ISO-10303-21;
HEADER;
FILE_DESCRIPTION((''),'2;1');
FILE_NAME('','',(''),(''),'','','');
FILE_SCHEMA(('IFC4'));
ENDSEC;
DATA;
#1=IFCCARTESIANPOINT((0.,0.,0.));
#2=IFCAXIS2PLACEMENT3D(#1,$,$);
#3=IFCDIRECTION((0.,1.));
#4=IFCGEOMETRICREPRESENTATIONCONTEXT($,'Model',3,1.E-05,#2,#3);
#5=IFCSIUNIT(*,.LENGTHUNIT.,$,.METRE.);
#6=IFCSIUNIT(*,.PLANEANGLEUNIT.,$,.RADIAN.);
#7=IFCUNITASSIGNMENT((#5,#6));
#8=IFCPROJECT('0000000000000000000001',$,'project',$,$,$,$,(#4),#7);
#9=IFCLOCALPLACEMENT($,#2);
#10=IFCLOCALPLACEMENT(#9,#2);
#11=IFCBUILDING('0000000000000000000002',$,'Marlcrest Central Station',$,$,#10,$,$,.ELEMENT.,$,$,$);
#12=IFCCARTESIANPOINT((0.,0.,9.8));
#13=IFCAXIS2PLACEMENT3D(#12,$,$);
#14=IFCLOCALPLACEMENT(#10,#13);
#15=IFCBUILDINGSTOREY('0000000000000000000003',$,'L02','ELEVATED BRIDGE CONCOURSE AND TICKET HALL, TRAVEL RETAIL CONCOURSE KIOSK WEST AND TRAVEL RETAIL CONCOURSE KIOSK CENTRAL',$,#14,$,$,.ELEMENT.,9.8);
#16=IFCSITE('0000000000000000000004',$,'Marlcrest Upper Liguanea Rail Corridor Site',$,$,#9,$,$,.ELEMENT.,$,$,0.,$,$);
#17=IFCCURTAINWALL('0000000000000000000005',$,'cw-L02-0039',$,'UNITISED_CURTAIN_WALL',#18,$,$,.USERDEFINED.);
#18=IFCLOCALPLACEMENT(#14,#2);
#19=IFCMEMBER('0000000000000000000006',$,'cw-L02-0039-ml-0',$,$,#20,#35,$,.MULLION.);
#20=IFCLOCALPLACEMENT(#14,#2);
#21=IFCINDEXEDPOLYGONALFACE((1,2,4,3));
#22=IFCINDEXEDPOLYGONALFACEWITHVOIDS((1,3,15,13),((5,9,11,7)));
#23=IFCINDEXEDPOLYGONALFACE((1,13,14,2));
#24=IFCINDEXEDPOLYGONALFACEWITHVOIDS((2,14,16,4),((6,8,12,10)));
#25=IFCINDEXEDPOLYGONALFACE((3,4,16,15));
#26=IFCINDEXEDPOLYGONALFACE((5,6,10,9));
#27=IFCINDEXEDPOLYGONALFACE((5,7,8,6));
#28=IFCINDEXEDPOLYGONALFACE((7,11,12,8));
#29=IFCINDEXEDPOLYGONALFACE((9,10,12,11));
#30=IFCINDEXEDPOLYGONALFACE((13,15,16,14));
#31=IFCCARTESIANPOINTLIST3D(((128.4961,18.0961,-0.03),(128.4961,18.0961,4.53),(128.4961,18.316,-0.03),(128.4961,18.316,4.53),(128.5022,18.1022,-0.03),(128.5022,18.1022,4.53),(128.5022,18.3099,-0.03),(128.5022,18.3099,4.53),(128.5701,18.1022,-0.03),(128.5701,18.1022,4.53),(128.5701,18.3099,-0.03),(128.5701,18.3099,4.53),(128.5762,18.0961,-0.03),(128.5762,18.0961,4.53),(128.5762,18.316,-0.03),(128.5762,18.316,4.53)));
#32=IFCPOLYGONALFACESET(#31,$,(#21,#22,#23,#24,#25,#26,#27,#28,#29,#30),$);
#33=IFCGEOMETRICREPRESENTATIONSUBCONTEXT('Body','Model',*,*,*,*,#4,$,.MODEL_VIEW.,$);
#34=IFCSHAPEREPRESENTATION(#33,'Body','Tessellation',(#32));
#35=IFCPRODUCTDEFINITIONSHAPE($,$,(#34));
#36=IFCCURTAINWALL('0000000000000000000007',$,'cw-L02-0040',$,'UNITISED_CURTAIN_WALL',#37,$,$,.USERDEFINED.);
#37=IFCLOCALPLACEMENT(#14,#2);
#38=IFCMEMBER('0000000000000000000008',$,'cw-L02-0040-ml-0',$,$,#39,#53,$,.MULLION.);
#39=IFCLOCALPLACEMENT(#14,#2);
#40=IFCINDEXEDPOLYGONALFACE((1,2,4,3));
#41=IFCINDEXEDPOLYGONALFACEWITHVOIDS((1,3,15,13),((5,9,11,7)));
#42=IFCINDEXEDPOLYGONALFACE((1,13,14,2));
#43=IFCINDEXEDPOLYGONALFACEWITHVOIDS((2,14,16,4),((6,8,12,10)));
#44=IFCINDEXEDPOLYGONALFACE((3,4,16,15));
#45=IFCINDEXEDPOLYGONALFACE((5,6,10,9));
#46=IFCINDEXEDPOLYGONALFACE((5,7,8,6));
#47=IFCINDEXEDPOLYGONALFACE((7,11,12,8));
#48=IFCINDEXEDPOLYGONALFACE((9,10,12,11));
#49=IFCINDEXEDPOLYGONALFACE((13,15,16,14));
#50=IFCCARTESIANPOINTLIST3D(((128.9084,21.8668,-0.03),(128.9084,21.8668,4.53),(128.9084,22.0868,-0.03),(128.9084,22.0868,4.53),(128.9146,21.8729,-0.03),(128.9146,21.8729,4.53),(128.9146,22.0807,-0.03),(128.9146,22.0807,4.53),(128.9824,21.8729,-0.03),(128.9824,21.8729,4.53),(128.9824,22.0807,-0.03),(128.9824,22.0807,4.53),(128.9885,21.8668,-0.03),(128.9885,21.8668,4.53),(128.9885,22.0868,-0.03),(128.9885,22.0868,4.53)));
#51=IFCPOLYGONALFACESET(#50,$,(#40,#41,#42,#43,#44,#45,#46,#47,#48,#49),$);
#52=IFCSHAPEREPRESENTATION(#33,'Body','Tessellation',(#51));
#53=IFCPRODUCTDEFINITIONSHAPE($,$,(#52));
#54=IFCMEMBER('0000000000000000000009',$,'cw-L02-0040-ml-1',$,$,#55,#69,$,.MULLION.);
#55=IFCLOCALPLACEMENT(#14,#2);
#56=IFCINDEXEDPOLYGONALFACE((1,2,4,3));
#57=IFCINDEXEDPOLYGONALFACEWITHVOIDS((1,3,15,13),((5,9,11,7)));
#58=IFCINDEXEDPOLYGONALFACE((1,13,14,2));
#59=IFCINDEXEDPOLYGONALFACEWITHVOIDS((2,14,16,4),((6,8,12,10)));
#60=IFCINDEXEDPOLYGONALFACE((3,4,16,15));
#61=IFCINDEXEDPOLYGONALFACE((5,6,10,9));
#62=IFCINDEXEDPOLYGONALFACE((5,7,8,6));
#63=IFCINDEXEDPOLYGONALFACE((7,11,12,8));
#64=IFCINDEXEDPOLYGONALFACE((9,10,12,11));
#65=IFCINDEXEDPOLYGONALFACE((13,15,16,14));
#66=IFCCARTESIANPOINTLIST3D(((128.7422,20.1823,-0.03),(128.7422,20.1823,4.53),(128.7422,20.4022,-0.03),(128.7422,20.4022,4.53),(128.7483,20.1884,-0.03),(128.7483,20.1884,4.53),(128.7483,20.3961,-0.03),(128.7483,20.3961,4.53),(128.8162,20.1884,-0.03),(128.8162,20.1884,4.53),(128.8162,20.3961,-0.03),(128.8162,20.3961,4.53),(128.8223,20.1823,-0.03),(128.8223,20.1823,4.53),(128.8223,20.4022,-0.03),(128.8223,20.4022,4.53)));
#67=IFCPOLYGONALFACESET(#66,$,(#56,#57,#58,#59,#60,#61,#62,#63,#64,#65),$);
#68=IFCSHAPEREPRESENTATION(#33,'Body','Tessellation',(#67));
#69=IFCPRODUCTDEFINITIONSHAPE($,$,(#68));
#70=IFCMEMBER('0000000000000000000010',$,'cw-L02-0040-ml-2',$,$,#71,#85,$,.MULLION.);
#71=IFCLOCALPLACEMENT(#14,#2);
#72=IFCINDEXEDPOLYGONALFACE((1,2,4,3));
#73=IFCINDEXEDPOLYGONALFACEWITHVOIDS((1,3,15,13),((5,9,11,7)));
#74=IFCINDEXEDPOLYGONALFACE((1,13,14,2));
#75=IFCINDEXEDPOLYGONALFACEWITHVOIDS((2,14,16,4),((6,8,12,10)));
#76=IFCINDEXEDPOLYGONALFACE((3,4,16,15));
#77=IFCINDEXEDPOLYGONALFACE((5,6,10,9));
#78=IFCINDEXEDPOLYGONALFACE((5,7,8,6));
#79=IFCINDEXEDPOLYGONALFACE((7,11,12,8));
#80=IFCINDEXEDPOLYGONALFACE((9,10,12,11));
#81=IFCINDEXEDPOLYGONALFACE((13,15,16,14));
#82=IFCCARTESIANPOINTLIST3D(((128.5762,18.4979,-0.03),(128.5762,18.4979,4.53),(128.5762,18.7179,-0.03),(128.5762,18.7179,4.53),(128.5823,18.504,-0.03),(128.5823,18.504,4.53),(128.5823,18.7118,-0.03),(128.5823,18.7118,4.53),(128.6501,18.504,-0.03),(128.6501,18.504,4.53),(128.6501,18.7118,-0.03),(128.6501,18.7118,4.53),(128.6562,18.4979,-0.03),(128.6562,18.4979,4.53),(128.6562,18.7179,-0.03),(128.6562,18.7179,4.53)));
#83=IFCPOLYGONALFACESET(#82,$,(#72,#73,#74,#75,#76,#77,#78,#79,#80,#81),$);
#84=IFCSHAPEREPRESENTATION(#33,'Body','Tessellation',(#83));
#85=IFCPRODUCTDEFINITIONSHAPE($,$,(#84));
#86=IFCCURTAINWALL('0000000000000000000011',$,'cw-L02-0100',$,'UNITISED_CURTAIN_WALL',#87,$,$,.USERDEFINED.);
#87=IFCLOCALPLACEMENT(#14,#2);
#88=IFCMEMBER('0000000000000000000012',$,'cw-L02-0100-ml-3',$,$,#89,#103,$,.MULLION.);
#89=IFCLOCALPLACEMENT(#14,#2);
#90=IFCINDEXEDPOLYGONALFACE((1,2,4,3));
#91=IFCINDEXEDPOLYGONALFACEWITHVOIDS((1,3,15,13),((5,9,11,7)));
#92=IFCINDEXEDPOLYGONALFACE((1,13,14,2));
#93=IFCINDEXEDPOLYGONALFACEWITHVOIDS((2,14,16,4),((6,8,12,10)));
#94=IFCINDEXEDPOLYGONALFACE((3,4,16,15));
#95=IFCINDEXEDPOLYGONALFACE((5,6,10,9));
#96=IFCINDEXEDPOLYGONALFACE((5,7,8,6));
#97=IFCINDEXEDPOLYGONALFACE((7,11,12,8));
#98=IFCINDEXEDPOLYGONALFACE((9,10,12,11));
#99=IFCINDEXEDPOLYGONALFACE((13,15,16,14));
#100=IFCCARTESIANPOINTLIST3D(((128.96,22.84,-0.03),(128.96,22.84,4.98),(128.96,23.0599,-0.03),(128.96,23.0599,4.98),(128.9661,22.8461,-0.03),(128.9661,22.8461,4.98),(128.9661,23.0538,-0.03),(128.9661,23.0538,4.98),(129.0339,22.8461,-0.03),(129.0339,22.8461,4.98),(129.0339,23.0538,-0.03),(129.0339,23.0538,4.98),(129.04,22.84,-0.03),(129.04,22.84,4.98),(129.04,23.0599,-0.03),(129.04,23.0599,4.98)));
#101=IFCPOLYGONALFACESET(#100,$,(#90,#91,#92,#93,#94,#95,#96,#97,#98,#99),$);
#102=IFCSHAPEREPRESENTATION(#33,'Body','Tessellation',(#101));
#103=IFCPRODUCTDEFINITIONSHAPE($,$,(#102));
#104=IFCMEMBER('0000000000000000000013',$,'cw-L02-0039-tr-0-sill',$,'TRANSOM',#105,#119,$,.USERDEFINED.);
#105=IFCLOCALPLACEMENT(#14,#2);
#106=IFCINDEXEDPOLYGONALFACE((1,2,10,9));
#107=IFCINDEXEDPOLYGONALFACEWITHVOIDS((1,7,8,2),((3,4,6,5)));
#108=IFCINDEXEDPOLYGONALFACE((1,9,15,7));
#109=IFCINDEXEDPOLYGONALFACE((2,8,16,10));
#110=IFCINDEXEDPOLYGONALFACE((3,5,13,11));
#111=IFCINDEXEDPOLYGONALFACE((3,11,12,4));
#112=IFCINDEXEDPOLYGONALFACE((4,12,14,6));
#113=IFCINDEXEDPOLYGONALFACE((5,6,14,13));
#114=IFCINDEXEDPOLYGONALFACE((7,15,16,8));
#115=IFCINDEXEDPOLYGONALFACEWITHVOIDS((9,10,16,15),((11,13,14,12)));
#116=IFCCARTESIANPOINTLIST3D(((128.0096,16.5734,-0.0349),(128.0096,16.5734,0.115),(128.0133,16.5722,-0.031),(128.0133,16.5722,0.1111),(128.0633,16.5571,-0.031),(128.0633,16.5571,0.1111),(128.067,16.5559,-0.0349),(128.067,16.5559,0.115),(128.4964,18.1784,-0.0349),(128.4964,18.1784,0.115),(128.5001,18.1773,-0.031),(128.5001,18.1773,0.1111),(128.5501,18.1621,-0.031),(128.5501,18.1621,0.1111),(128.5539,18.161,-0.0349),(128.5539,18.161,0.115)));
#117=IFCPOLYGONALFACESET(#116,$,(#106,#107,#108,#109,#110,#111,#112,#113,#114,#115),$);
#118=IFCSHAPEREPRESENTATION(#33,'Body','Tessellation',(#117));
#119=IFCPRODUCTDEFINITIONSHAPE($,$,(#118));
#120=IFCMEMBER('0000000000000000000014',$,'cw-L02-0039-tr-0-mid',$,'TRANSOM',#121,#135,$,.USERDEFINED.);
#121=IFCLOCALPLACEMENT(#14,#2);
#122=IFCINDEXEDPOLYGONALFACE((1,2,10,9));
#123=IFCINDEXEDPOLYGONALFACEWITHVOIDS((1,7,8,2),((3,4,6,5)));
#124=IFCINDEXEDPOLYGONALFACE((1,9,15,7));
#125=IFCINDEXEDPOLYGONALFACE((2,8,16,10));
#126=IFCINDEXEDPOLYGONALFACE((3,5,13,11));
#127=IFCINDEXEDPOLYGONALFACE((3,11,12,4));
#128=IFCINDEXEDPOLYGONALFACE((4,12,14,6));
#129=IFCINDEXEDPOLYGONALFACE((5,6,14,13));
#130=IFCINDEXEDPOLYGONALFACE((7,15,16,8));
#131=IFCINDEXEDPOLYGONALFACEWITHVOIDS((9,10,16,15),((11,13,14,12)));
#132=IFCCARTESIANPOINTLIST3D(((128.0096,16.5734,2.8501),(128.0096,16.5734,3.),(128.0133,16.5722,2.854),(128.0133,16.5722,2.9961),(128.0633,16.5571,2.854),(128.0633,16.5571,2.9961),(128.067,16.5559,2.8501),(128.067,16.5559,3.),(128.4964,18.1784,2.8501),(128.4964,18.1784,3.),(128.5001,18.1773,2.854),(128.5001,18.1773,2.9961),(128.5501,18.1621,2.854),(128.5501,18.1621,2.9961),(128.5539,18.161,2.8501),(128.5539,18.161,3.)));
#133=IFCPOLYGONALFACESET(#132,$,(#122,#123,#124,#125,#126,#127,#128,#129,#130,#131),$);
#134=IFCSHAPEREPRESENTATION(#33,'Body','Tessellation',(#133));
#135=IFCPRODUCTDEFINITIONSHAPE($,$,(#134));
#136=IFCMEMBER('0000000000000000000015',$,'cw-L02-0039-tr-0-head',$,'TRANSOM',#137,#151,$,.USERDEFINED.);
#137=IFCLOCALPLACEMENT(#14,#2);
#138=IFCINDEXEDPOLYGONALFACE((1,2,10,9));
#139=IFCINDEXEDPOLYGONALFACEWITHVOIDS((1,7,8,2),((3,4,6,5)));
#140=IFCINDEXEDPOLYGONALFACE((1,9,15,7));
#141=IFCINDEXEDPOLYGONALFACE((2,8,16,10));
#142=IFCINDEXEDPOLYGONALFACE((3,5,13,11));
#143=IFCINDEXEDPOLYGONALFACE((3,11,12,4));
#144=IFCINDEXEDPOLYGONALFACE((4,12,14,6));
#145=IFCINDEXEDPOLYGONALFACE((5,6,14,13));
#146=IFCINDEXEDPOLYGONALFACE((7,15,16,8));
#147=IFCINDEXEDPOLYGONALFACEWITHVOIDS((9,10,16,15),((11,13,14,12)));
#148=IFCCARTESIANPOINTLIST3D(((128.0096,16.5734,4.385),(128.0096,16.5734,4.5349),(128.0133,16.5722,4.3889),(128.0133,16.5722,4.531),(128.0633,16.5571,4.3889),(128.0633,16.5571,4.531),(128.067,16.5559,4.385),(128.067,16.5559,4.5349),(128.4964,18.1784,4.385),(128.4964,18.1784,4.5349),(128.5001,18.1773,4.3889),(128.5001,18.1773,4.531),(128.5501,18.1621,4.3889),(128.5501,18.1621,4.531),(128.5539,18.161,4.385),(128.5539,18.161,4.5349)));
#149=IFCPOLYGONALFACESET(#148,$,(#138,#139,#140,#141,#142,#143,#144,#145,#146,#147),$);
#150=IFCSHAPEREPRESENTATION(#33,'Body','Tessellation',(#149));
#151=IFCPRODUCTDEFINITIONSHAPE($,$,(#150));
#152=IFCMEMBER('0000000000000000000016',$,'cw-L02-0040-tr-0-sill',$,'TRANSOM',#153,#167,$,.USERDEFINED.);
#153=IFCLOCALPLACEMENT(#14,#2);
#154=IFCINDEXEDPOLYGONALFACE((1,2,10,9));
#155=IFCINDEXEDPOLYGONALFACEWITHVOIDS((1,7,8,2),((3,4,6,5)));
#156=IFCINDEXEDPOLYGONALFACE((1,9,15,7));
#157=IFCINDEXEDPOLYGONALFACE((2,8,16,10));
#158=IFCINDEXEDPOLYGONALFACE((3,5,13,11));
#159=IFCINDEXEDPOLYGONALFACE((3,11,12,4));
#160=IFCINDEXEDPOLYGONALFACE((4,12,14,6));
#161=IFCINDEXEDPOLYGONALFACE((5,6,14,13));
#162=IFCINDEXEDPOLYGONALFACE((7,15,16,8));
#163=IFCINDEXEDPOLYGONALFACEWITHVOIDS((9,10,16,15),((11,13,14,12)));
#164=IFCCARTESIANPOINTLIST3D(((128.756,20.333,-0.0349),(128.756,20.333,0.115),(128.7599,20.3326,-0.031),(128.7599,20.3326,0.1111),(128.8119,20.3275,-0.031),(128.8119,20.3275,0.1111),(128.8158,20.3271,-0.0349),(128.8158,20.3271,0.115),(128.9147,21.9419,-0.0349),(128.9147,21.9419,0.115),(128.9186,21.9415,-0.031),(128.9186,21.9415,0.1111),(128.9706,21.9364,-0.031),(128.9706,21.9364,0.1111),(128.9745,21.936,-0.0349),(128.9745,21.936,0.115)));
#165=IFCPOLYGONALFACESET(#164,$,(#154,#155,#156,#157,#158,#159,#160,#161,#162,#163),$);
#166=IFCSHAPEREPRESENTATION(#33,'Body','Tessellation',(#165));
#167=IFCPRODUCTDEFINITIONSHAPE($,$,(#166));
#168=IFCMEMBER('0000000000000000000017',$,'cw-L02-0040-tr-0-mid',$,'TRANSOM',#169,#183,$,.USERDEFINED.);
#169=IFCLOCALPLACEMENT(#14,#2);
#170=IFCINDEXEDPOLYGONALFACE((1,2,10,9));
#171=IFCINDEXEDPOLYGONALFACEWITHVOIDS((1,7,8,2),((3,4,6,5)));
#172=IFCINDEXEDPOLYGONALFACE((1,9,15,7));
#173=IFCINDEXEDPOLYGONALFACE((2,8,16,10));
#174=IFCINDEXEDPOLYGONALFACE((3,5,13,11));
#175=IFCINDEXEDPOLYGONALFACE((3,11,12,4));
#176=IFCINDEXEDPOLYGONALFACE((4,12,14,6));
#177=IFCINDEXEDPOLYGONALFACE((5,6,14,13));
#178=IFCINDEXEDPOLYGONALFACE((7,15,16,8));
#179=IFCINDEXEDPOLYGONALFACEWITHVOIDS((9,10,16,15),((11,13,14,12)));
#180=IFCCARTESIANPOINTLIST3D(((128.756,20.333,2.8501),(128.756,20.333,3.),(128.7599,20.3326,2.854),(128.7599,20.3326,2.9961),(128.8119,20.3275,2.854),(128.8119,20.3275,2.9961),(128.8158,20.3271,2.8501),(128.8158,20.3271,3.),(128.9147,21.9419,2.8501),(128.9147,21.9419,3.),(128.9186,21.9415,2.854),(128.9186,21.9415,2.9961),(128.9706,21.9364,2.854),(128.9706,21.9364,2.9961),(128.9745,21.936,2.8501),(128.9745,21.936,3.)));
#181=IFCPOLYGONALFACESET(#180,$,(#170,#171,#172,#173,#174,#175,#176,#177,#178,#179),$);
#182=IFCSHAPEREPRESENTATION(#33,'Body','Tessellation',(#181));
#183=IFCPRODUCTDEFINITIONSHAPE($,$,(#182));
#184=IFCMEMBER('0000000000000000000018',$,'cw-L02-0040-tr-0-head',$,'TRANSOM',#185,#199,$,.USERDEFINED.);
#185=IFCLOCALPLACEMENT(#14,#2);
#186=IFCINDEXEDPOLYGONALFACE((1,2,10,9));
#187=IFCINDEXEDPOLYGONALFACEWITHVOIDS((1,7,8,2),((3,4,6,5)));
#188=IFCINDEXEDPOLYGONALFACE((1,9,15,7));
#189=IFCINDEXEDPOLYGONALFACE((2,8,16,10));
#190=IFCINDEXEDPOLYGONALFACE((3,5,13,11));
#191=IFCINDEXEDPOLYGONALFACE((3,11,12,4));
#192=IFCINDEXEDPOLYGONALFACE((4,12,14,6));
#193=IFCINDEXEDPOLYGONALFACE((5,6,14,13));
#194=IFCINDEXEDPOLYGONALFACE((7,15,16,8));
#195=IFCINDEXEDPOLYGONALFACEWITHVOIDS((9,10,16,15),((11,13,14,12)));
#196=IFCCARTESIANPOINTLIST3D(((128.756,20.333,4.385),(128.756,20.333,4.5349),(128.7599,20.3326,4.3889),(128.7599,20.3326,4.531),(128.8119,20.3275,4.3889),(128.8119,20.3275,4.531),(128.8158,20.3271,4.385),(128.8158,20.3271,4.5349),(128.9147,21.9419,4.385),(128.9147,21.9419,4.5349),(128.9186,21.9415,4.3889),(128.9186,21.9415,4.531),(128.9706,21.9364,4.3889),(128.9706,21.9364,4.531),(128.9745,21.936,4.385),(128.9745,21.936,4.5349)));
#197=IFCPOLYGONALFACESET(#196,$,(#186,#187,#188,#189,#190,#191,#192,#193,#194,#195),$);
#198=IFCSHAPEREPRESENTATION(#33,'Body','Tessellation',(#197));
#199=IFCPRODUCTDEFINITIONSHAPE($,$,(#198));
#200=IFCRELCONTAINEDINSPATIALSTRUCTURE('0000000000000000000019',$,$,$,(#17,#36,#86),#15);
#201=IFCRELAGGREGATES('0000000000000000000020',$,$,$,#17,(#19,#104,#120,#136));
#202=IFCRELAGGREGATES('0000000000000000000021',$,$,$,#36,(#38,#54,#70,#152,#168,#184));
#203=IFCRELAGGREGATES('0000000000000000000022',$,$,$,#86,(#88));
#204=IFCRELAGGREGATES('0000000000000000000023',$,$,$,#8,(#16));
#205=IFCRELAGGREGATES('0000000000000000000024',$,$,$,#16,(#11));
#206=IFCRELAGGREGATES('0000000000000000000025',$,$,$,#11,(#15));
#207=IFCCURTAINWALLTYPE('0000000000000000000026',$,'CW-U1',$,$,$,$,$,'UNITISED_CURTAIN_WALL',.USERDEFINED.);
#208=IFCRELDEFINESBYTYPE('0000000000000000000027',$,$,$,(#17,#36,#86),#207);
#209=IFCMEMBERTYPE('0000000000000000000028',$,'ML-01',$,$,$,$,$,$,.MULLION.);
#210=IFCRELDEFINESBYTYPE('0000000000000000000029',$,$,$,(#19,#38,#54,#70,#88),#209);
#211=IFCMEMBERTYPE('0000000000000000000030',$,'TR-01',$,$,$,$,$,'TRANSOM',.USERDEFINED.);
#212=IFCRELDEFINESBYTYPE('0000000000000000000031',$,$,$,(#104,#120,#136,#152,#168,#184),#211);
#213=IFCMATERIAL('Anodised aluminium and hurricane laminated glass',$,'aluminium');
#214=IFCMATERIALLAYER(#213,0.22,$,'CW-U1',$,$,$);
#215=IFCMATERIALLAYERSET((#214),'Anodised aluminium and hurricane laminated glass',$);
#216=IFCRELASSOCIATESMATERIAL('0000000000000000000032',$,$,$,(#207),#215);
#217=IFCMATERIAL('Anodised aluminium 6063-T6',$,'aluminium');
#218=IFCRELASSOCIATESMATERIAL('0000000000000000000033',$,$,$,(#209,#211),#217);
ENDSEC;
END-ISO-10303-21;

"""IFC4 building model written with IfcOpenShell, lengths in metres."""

from ifc_helpers import new_model, si_unit, direction, frame, origin, origin_2d, place, context, subcontext, project, spatial, hollow_rectangle, extrude, material, layer, layer_set, material_profile, profile_set, type_object, element, aggregate, save


model = new_model("IFC4")

# Units and contexts
model_context = context("Model", 3, precision=1e-05, world=origin(), true_north=direction((0.0, 1.0)))
body_context = subcontext(model_context, "Body", "Model", "MODEL_VIEW")
ifc_project = project(units=[si_unit("LENGTHUNIT", "METRE"), si_unit("PLANEANGLEUNIT", "RADIAN")], contexts=[model_context])

# Site, building, storey
site_placement = place(None, origin())
site = spatial("IfcSite", under=ifc_project, at=site_placement, Name="Marlcrest Upper Liguanea Rail Corridor Site", CompositionType="ELEMENT", RefElevation=0.0)
building_placement = place(site_placement, origin())
building = spatial("IfcBuilding", under=site, at=building_placement, Name="Marlcrest Central Station", CompositionType="ELEMENT")
storey_placement = place(building_placement, frame((0.0, 0.0, 9.8)))
storey = spatial("IfcBuildingStorey", under=building, at=storey_placement, Name="L02", Description="ELEVATED BRIDGE CONCOURSE AND TICKET HALL, TRAVEL RETAIL CONCOURSE KIOSK WEST AND TRAVEL RETAIL CONCOURSE KIOSK CENTRAL", CompositionType="ELEMENT", Elevation=9.8)

# Curtain wall, member
ifc_material_1 = material(Name="Anodised aluminium and hurricane laminated glass", Category="aluminium")
ifc_layer_1 = layer(ifc_material_1, 0.22, Name="CW-U1")
ifc_layer_set_1 = layer_set([ifc_layer_1], Name="Anodised aluminium and hurricane laminated glass")
curtain_wall_type = type_object("IfcCurtainWallType", Name="CW-U1", ElementType="UNITISED_CURTAIN_WALL", PredefinedType="USERDEFINED", material=ifc_layer_set_1)
curtain_wall_1_placement = place(storey_placement, origin())
curtain_wall_1 = element("IfcCurtainWall", 1, at=curtain_wall_1_placement, inside=storey, type_object=curtain_wall_type, Name="cw-L02-0039", ObjectType="UNITISED_CURTAIN_WALL", PredefinedType="USERDEFINED")
ifc_material_2 = material(Name="Anodised aluminium 6063-T6", Category="aluminium")
ifc_material_profile_1 = material_profile(ifc_material_2, hollow_rectangle(XDim=0.0801, YDim=0.22, WallThickness=0.0061, at=origin_2d()), Name="AA-RHS 220x80x6")
ifc_profile_set_1 = profile_set([ifc_material_profile_1], Name="Anodised aluminium 6063-T6")
member_type_1 = type_object("IfcMemberType", Name="ML-01", PredefinedType="MULLION", material=ifc_profile_set_1)
member_1_placement = place(storey_placement, frame((128.5361, 18.2061, -0.03), z_axis=(0.0, 0.0, 1.0), x_axis=(1.0, 0.0, 0.0)))
member_1 = element("IfcMember", 2, at=member_1_placement, type_object=member_type_1, Name="cw-L02-0039-ml-0", PredefinedType="MULLION", context=body_context, shape_type="SweptSolid", body=[
    extrude(hollow_rectangle(XDim=0.0801, YDim=0.22, WallThickness=0.0061, at=origin_2d()), origin(), (0.0, 0.0, 1.0), 4.5601),
])

# Curtain wall, members
curtain_wall_2_placement = place(storey_placement, origin())
curtain_wall_2 = element("IfcCurtainWall", 3, at=curtain_wall_2_placement, inside=storey, type_object=curtain_wall_type, Name="cw-L02-0040", ObjectType="UNITISED_CURTAIN_WALL", PredefinedType="USERDEFINED")
member_2_placement = place(storey_placement, frame((128.9485, 21.9768, -0.03), z_axis=(0.0, 0.0, 1.0), x_axis=(1.0, 0.0, 0.0)))
member_2 = element("IfcMember", 4, at=member_2_placement, type_object=member_type_1, Name="cw-L02-0040-ml-0", PredefinedType="MULLION", context=body_context, shape_type="SweptSolid", body=[
    extrude(hollow_rectangle(XDim=0.0801, YDim=0.22, WallThickness=0.0061, at=origin_2d()), origin(), (0.0, 0.0, 1.0), 4.5601),
])
member_3_placement = place(storey_placement, frame((128.7822, 20.2922, -0.03), z_axis=(0.0, 0.0, 1.0), x_axis=(1.0, 0.0, 0.0)))
member_3 = element("IfcMember", 5, at=member_3_placement, type_object=member_type_1, Name="cw-L02-0040-ml-1", PredefinedType="MULLION", context=body_context, shape_type="SweptSolid", body=[
    extrude(hollow_rectangle(XDim=0.0801, YDim=0.22, WallThickness=0.0061, at=origin_2d()), origin(), (0.0, 0.0, 1.0), 4.5601),
])
member_4_placement = place(storey_placement, frame((128.6162, 18.6079, -0.03), z_axis=(0.0, 0.0, 1.0), x_axis=(1.0, 0.0, 0.0)))
member_4 = element("IfcMember", 6, at=member_4_placement, type_object=member_type_1, Name="cw-L02-0040-ml-2", PredefinedType="MULLION", context=body_context, shape_type="SweptSolid", body=[
    extrude(hollow_rectangle(XDim=0.0801, YDim=0.22, WallThickness=0.0061, at=origin_2d()), origin(), (0.0, 0.0, 1.0), 4.5601),
])

# Curtain wall, member
curtain_wall_3_placement = place(storey_placement, origin())
curtain_wall_3 = element("IfcCurtainWall", 7, at=curtain_wall_3_placement, inside=storey, type_object=curtain_wall_type, Name="cw-L02-0100", ObjectType="UNITISED_CURTAIN_WALL", PredefinedType="USERDEFINED")
member_5_placement = place(storey_placement, frame((129.0, 22.95, -0.03), z_axis=(0.0, 0.0, 1.0), x_axis=(1.0, 0.0, 0.0)))
member_5 = element("IfcMember", 8, at=member_5_placement, type_object=member_type_1, Name="cw-L02-0100-ml-3", PredefinedType="MULLION", context=body_context, shape_type="SweptSolid", body=[
    extrude(hollow_rectangle(XDim=0.0801, YDim=0.22, WallThickness=0.0061, at=origin_2d()), origin(), (0.0, 0.0, 1.0), 5.01),
])

# Members
ifc_material_profile_2 = material_profile(ifc_material_2, hollow_rectangle(XDim=0.0601, YDim=0.1499, WallThickness=0.0039, at=origin_2d()), Name="AA-RHS 150x60x4")
ifc_profile_set_2 = profile_set([ifc_material_profile_2], Name="Anodised aluminium 6063-T6")
member_type_2 = type_object("IfcMemberType", Name="TR-01", ElementType="TRANSOM", PredefinedType="USERDEFINED", material=ifc_profile_set_2)
member_6_placement = place(storey_placement, frame((128.5251, 18.1697, 0.04), z_axis=(-0.290258, -0.956948, 0.0), x_axis=(0.956948, -0.290258, 0.0)))
member_6 = element("IfcMember", 9, at=member_6_placement, type_object=member_type_2, Name="cw-L02-0039-tr-0-sill", ObjectType="TRANSOM", PredefinedType="USERDEFINED", context=body_context, shape_type="SweptSolid", body=[
    extrude(hollow_rectangle(XDim=0.0601, YDim=0.1499, WallThickness=0.0039, at=origin_2d()), origin(), (0.0, 0.0, 1.0), 1.6772),
])
member_7_placement = place(storey_placement, frame((128.5251, 18.1697, 2.925), z_axis=(-0.290258, -0.956948, 0.0), x_axis=(0.956948, -0.290258, 0.0)))
member_7 = element("IfcMember", 10, at=member_7_placement, type_object=member_type_2, Name="cw-L02-0039-tr-0-mid", ObjectType="TRANSOM", PredefinedType="USERDEFINED", context=body_context, shape_type="SweptSolid", body=[
    extrude(hollow_rectangle(XDim=0.0601, YDim=0.1499, WallThickness=0.0039, at=origin_2d()), origin(), (0.0, 0.0, 1.0), 1.6772),
])
member_8_placement = place(storey_placement, frame((128.5251, 18.1697, 4.46), z_axis=(-0.290258, -0.956948, 0.0), x_axis=(0.956948, -0.290258, 0.0)))
member_8 = element("IfcMember", 11, at=member_8_placement, type_object=member_type_2, Name="cw-L02-0039-tr-0-head", ObjectType="TRANSOM", PredefinedType="USERDEFINED", context=body_context, shape_type="SweptSolid", body=[
    extrude(hollow_rectangle(XDim=0.0601, YDim=0.1499, WallThickness=0.0039, at=origin_2d()), origin(), (0.0, 0.0, 1.0), 1.6772),
])
member_9_placement = place(storey_placement, frame((128.9446, 21.939, 0.04), z_axis=(-0.098158, -0.995171, 0.0), x_axis=(0.995171, -0.098158, 0.0)))
member_9 = element("IfcMember", 12, at=member_9_placement, type_object=member_type_2, Name="cw-L02-0040-tr-0-sill", ObjectType="TRANSOM", PredefinedType="USERDEFINED", context=body_context, shape_type="SweptSolid", body=[
    extrude(hollow_rectangle(XDim=0.0601, YDim=0.1499, WallThickness=0.0039, at=origin_2d()), origin(), (0.0, 0.0, 1.0), 1.6167),
])
member_10_placement = place(storey_placement, frame((128.9446, 21.939, 2.925), z_axis=(-0.098158, -0.995171, 0.0), x_axis=(0.995171, -0.098158, 0.0)))
member_10 = element("IfcMember", 13, at=member_10_placement, type_object=member_type_2, Name="cw-L02-0040-tr-0-mid", ObjectType="TRANSOM", PredefinedType="USERDEFINED", context=body_context, shape_type="SweptSolid", body=[
    extrude(hollow_rectangle(XDim=0.0601, YDim=0.1499, WallThickness=0.0039, at=origin_2d()), origin(), (0.0, 0.0, 1.0), 1.6167),
])
member_11_placement = place(storey_placement, frame((128.9446, 21.939, 4.46), z_axis=(-0.098158, -0.995171, 0.0), x_axis=(0.995171, -0.098158, 0.0)))
member_11 = element("IfcMember", 14, at=member_11_placement, type_object=member_type_2, Name="cw-L02-0040-tr-0-head", ObjectType="TRANSOM", PredefinedType="USERDEFINED", context=body_context, shape_type="SweptSolid", body=[
    extrude(hollow_rectangle(XDim=0.0601, YDim=0.1499, WallThickness=0.0039, at=origin_2d()), origin(), (0.0, 0.0, 1.0), 1.6167),
])

aggregate(curtain_wall_1, [member_1, member_6, member_7, member_8])
aggregate(curtain_wall_2, [member_2, member_3, member_4, member_9, member_10, member_11])
aggregate(curtain_wall_3, [member_5])

save(model, "model.ifc")
